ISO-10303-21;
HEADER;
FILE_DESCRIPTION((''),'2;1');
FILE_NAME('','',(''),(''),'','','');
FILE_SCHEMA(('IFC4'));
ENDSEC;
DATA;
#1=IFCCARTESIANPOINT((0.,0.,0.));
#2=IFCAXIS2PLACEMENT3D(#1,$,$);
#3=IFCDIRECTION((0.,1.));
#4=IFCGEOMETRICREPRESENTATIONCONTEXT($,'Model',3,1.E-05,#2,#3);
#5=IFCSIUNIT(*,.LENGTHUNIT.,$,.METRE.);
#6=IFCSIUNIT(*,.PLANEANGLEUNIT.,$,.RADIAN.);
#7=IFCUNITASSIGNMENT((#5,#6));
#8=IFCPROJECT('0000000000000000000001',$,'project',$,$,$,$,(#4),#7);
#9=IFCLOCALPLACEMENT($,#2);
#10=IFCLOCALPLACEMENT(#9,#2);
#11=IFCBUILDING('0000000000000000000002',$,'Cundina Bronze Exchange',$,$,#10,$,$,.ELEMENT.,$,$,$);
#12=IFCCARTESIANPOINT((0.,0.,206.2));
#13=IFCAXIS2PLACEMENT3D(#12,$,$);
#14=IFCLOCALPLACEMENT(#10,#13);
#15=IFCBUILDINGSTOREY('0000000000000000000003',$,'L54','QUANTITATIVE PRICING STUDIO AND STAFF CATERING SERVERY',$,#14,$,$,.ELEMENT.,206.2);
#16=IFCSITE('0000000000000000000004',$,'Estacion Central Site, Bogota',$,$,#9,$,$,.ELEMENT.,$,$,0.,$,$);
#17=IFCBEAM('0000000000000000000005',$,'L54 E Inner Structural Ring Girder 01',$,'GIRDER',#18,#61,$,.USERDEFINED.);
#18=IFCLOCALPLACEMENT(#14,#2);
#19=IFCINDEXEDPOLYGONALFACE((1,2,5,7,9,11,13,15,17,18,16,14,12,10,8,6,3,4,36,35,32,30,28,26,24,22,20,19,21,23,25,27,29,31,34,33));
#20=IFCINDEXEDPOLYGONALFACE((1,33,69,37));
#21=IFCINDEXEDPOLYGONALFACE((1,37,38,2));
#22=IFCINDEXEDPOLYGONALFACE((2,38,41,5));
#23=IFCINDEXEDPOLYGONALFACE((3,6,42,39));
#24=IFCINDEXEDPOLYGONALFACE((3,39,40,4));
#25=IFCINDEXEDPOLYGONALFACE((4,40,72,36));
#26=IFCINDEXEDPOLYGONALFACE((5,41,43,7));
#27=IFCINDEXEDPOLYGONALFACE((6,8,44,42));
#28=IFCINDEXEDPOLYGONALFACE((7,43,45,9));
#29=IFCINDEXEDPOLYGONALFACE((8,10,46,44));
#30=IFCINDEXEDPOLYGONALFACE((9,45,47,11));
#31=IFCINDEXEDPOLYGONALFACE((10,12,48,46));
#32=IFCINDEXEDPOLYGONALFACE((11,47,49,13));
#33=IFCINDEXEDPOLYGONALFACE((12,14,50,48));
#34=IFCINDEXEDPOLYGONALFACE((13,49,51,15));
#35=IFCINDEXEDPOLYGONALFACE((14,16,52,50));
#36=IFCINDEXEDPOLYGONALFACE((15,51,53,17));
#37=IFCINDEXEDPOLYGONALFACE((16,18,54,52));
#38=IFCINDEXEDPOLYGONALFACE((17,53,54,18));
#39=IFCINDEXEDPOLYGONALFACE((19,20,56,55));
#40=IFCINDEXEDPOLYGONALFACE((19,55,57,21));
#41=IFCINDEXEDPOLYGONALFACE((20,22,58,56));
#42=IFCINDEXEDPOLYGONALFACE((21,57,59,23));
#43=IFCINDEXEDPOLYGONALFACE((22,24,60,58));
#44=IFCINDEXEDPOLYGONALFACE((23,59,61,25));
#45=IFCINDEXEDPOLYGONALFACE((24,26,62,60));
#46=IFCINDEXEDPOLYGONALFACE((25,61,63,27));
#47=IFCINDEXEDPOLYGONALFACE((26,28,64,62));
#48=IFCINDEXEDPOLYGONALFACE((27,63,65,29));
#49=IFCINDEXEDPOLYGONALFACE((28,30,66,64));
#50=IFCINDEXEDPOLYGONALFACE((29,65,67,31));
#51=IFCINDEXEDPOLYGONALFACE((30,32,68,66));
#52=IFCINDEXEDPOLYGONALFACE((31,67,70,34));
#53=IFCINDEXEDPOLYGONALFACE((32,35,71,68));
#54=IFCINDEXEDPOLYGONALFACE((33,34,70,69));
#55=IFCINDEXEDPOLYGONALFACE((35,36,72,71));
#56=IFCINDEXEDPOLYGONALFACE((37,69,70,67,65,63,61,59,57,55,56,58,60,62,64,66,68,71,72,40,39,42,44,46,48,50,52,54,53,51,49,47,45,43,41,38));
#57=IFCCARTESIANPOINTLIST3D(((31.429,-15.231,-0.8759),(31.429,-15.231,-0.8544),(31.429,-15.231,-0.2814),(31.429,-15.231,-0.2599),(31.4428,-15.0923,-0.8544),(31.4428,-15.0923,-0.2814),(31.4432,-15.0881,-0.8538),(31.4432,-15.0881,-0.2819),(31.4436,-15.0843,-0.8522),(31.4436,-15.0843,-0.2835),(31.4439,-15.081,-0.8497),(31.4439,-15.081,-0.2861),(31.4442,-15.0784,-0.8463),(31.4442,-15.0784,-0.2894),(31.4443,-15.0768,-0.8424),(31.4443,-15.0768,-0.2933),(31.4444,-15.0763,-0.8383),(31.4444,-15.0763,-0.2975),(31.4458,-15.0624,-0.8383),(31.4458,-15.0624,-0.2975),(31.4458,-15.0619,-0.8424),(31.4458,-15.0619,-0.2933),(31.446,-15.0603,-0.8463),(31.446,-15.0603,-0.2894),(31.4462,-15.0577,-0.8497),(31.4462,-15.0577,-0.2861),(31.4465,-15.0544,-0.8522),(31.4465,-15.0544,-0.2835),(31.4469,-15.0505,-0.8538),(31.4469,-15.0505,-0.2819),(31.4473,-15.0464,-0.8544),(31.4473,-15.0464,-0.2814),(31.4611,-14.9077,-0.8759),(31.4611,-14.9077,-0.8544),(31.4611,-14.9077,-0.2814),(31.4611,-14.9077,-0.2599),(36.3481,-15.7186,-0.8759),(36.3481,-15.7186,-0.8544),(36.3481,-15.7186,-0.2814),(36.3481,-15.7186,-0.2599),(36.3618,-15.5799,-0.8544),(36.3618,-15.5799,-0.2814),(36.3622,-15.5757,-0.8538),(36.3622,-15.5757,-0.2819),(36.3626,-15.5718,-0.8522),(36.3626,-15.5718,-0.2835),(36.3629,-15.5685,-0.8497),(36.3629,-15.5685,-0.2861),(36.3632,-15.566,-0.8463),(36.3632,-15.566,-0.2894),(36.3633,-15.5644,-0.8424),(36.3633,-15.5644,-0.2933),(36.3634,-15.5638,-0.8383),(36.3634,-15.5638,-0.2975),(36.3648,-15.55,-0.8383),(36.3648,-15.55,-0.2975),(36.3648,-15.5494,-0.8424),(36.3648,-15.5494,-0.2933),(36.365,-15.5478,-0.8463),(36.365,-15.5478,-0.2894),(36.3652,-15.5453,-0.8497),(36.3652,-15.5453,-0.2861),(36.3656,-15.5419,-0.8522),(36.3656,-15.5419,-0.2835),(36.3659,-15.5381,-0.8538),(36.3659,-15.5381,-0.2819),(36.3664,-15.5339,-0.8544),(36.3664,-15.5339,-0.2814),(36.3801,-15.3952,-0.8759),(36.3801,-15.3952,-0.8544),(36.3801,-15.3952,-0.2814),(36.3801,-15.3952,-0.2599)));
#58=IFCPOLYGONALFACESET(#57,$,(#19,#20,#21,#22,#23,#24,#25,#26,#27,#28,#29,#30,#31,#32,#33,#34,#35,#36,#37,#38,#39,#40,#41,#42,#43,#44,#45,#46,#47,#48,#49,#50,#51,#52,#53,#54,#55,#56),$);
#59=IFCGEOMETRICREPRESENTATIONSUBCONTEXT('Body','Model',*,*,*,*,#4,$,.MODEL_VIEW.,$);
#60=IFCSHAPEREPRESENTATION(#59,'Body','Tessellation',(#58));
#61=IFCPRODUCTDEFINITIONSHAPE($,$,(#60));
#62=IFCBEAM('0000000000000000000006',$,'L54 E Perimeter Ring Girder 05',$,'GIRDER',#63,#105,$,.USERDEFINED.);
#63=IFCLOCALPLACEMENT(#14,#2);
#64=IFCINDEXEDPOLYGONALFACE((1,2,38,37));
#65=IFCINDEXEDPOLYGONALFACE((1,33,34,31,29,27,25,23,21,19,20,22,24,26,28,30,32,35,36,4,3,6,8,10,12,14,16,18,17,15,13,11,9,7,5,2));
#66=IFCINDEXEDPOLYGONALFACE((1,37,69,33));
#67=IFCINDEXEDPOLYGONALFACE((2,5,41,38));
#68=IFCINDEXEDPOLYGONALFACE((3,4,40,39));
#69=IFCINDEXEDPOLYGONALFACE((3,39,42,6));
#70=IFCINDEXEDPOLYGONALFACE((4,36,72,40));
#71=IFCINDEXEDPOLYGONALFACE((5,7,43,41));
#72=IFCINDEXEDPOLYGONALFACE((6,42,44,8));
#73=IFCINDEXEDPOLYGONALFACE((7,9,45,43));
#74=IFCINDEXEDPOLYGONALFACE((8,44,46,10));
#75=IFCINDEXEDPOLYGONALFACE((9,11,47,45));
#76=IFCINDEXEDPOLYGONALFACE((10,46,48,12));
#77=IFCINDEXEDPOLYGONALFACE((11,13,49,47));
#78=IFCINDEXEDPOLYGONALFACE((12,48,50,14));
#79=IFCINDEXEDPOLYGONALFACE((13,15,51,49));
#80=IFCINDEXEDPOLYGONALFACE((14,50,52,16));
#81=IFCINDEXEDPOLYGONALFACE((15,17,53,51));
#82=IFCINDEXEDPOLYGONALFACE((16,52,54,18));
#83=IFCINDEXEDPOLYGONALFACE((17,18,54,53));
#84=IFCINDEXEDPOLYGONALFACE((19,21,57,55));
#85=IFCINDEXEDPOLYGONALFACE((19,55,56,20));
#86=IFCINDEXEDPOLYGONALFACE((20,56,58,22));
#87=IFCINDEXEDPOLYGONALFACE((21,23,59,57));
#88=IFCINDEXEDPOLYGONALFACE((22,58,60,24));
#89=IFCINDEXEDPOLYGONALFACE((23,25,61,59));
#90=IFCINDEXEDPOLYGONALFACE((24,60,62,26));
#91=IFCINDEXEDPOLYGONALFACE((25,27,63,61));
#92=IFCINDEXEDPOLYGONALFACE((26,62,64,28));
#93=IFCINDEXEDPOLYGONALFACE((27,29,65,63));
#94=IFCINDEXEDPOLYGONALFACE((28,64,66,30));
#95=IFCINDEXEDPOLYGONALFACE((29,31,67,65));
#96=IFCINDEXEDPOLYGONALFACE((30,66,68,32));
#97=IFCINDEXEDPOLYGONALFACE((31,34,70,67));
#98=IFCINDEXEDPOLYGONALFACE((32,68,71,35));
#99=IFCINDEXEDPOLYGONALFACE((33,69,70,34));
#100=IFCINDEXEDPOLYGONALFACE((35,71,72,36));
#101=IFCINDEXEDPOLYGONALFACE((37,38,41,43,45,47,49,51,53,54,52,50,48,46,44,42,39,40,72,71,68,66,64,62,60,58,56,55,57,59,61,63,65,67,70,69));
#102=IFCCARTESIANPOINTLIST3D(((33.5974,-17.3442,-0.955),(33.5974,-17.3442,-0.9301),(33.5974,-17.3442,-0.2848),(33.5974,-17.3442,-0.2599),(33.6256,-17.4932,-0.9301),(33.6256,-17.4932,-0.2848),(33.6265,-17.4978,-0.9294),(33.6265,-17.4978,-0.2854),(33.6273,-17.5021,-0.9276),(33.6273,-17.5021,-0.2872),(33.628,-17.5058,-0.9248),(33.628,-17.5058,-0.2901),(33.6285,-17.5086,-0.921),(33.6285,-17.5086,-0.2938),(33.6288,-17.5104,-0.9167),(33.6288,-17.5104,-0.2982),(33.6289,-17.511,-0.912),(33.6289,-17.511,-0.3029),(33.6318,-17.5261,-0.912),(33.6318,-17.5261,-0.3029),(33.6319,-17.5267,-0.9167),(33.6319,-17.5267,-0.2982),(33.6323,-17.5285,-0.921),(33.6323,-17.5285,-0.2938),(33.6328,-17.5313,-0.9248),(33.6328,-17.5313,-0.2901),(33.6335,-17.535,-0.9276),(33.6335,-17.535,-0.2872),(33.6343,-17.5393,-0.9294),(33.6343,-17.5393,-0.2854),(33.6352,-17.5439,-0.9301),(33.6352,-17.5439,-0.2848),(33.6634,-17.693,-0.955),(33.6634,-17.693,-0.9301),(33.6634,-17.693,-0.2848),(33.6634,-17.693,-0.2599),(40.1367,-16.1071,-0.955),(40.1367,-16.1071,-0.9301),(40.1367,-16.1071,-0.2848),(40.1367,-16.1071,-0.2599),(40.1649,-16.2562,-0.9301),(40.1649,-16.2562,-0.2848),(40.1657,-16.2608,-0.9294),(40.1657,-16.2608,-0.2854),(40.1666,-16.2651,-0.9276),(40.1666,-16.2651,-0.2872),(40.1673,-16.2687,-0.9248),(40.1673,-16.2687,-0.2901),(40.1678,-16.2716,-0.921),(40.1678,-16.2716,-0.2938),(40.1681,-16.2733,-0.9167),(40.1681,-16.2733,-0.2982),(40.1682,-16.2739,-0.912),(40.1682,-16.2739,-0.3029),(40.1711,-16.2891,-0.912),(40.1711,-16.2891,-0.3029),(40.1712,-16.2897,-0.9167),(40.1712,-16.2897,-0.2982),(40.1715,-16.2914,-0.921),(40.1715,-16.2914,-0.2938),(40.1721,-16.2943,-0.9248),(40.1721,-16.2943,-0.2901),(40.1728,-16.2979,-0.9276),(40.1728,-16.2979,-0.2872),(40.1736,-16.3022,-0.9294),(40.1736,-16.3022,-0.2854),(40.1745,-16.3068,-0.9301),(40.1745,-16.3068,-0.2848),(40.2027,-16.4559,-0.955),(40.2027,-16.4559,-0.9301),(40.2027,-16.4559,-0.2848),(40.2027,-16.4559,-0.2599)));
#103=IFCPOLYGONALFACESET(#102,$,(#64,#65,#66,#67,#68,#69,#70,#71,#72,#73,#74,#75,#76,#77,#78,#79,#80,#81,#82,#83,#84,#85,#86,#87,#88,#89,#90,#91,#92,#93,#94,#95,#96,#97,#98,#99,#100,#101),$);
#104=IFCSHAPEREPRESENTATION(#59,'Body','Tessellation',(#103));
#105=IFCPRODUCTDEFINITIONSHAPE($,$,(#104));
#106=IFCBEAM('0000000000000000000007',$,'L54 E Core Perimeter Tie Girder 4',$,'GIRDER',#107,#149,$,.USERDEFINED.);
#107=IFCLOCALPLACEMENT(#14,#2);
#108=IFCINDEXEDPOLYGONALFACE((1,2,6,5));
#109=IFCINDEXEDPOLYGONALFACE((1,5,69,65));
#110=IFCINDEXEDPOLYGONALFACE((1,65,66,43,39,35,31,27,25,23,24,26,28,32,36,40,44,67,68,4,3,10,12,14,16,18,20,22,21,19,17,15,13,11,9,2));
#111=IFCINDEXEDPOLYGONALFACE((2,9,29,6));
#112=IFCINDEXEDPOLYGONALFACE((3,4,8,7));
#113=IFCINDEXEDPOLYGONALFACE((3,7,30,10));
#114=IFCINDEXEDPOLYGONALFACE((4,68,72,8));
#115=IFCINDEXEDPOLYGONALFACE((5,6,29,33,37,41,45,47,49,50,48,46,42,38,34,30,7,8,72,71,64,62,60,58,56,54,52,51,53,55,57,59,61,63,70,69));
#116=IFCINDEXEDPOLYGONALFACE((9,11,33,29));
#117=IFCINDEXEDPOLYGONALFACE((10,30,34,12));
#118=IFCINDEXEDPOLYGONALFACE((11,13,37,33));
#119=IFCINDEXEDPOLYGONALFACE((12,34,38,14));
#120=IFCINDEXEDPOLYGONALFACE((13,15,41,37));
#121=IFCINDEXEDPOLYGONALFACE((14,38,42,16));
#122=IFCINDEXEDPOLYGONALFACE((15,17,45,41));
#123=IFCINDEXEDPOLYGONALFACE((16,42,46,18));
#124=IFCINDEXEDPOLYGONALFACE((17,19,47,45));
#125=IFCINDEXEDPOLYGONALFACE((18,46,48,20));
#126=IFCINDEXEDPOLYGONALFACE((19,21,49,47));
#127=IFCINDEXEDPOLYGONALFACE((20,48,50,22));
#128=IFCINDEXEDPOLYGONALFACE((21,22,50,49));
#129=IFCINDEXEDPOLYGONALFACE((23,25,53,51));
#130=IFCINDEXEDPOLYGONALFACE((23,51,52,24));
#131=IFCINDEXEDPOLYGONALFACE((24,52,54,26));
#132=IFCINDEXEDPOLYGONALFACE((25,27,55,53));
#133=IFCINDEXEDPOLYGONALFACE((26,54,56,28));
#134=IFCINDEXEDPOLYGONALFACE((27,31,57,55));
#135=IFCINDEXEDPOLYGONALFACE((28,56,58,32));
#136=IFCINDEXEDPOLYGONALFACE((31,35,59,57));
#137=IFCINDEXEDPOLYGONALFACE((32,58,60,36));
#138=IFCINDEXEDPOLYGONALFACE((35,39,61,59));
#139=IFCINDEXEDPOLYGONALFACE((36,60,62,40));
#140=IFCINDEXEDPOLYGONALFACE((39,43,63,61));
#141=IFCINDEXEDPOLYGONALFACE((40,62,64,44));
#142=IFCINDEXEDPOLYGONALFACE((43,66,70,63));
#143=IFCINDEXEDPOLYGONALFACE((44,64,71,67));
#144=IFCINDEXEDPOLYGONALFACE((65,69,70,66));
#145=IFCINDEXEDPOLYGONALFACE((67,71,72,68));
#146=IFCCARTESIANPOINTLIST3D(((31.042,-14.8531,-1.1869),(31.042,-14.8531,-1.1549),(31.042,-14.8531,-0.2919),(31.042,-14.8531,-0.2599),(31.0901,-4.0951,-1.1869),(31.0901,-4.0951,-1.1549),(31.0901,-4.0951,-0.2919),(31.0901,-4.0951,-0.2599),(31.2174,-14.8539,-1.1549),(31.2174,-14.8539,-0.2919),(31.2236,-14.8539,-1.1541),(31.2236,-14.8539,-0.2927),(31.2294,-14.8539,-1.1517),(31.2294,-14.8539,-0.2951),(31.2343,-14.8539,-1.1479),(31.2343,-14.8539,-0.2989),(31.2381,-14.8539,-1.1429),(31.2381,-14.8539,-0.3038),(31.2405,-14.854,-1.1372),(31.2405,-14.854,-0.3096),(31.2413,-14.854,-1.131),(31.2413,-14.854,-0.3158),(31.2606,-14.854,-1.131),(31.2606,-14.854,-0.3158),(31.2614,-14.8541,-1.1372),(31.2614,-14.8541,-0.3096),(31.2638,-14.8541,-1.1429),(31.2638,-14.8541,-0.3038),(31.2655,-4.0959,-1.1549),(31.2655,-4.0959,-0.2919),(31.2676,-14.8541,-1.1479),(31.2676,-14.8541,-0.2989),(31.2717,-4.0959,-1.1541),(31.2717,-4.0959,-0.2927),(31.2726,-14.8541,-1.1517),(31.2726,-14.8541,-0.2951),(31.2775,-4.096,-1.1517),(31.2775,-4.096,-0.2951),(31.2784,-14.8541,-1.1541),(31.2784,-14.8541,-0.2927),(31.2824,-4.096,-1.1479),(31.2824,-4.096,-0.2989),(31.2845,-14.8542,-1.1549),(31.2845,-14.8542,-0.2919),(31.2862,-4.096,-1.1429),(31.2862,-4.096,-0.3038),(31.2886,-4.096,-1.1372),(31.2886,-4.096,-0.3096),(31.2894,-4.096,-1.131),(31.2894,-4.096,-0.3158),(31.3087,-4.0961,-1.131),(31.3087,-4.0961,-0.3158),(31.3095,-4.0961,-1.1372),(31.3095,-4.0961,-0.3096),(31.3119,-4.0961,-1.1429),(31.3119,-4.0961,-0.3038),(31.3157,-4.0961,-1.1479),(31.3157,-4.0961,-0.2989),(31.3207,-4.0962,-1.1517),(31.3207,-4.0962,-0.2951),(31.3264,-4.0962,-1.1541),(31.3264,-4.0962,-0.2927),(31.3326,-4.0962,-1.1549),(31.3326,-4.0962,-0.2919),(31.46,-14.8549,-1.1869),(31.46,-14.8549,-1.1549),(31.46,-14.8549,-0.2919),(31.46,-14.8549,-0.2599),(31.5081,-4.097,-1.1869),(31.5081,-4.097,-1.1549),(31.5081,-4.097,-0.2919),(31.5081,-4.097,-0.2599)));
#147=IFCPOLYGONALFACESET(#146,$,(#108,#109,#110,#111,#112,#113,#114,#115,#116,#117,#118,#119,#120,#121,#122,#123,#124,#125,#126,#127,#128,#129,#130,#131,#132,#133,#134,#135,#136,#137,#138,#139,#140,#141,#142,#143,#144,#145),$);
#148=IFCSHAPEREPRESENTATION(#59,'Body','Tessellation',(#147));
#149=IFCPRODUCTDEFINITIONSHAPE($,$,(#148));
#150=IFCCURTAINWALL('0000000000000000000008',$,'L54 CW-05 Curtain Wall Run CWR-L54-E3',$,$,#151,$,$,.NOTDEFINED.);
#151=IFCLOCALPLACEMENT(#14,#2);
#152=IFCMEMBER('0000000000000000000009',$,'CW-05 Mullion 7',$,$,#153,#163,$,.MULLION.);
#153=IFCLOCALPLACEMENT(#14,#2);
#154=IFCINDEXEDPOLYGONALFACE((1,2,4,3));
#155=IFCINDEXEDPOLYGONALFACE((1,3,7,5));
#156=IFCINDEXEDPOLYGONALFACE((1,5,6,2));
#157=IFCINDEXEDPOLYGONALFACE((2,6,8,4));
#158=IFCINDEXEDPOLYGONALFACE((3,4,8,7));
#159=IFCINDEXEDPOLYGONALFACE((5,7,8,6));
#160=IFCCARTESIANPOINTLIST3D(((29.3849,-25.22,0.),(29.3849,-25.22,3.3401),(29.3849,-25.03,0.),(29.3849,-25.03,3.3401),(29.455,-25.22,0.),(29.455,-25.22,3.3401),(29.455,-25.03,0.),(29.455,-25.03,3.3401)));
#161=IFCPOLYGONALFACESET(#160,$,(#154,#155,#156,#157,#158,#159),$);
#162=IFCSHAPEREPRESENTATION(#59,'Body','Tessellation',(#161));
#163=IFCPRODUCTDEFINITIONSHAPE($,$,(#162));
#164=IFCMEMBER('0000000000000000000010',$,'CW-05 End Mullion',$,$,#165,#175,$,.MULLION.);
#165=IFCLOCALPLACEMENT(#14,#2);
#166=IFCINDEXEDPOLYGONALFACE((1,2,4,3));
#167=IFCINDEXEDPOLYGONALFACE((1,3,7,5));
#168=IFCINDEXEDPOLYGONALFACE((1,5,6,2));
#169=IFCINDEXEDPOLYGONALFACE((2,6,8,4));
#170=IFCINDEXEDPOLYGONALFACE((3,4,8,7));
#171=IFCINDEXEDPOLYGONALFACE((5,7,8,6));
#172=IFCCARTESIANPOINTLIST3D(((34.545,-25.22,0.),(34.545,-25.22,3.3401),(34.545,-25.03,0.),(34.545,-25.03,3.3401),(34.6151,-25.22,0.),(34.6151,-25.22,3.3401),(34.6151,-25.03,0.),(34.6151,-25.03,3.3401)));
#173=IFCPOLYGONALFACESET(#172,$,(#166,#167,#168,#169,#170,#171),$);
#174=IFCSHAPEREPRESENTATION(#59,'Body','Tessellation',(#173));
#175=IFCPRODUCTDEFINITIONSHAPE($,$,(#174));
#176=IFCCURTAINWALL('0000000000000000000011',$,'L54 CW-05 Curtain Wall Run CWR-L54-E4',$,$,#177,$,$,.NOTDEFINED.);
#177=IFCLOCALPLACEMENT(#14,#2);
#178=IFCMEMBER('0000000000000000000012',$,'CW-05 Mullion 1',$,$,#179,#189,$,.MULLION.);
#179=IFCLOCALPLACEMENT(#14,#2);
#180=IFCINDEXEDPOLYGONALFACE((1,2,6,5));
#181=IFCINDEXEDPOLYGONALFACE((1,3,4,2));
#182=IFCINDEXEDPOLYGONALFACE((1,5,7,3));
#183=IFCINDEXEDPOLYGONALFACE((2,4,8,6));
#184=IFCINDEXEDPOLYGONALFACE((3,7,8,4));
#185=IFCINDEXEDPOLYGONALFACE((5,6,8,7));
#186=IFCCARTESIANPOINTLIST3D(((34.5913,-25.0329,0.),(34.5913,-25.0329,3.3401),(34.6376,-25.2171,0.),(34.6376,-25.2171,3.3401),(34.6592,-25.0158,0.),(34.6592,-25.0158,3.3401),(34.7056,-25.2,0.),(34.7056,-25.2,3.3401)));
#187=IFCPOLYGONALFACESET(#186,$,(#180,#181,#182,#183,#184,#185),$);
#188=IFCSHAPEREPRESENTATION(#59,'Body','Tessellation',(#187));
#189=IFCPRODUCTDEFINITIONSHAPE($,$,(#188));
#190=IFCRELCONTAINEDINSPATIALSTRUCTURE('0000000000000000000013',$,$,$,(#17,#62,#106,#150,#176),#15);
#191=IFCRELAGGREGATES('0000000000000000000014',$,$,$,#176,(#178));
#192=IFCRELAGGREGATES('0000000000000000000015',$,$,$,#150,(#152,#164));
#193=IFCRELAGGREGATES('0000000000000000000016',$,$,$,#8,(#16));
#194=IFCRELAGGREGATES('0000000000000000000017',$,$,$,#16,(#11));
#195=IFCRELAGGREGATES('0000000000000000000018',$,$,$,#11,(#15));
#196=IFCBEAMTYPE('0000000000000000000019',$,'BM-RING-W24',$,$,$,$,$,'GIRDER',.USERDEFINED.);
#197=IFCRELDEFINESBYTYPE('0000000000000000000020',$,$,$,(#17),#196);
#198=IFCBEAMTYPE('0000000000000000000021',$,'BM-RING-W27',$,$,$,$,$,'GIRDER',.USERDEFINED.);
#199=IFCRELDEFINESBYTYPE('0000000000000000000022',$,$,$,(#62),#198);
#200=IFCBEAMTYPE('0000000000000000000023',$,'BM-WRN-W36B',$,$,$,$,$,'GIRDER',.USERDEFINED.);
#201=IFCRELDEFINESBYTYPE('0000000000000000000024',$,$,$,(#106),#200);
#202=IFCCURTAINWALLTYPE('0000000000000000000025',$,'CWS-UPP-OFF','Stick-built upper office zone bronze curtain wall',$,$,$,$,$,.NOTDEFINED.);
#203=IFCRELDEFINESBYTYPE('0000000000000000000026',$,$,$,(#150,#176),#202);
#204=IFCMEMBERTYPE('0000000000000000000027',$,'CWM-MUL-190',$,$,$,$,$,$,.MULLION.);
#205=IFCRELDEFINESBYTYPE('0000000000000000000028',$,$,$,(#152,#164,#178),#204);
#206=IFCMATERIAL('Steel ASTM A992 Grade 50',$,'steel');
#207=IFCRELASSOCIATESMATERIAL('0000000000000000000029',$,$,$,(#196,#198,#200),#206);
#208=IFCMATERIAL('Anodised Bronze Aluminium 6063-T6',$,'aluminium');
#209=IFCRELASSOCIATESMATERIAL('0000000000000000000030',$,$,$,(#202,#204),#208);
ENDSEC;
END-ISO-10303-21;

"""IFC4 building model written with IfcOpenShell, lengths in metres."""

from ifc_helpers import new_model, si_unit, direction, frame, origin, origin_2d, place, context, subcontext, project, spatial, rectangle, i_section, extrude, material, material_profile, profile_set, type_object, element, aggregate, save


model = new_model("IFC4")

# Units and contexts
model_context = context("Model", 3, precision=1e-05, world=origin(), true_north=direction((0.0, 1.0)))
body_context = subcontext(model_context, "Body", "Model", "MODEL_VIEW")
ifc_project = project(units=[si_unit("LENGTHUNIT", "METRE"), si_unit("PLANEANGLEUNIT", "RADIAN")], contexts=[model_context])

# Site, building, storey
site_placement = place(None, origin())
site = spatial("IfcSite", under=ifc_project, at=site_placement, Name="Estacion Central Site, Bogota", CompositionType="ELEMENT", RefElevation=0.0)
building_placement = place(site_placement, origin())
building = spatial("IfcBuilding", under=site, at=building_placement, Name="Cundina Bronze Exchange", CompositionType="ELEMENT")
storey_placement = place(building_placement, frame((0.0, 0.0, 206.2)))
storey = spatial("IfcBuildingStorey", under=building, at=storey_placement, Name="L54", Description="QUANTITATIVE PRICING STUDIO AND STAFF CATERING SERVERY", CompositionType="ELEMENT", Elevation=206.2)

# Shared definitions
ifc_material_1 = material(Name="Steel ASTM A992 Grade 50", Category="steel")

# Beams
ifc_material_profile_1 = material_profile(ifc_material_1, i_section(OverallWidth=0.325, OverallDepth=0.616, WebThickness=0.0139, FlangeThickness=0.0215, FilletRadius=0.0161, at=origin_2d()), Name="W24X117", Category="steel")
ifc_profile_set_1 = profile_set([ifc_material_profile_1], Name="Steel ASTM A992 Grade 50")
beam_type_1 = type_object("IfcBeamType", Name="BM-RING-W24", ElementType="GIRDER", PredefinedType="USERDEFINED", material=ifc_profile_set_1)
beam_1_placement = place(storey_placement, frame((31.4451, -15.0693, -0.5679), z_axis=(0.995124, -0.098633, 0.0), x_axis=(0.098633, 0.995124, 0.0)))
element("IfcBeam", 1, at=beam_1_placement, inside=storey, type_object=beam_type_1, Name="L54 E Inner Structural Ring Girder 01", ObjectType="GIRDER", PredefinedType="USERDEFINED", context=body_context, shape_type="SweptSolid", body=[
    extrude(i_section(OverallWidth=0.325, OverallDepth=0.616, WebThickness=0.0139, FlangeThickness=0.0215, FilletRadius=0.0161, at=origin_2d()), origin(), (0.0, 0.0, 1.0), 4.9431),
])
ifc_material_profile_2 = material_profile(ifc_material_1, i_section(OverallWidth=0.355, OverallDepth=0.6951, WebThickness=0.0154, FlangeThickness=0.0249, FilletRadius=0.0181, at=origin_2d()), Name="W27X146", Category="steel")
ifc_profile_set_2 = profile_set([ifc_material_profile_2], Name="Steel ASTM A992 Grade 50")
beam_type_2 = type_object("IfcBeamType", Name="BM-RING-W27", ElementType="GIRDER", PredefinedType="USERDEFINED", material=ifc_profile_set_2)
beam_2_placement = place(storey_placement, frame((33.6304, -17.5186, -0.6074), z_axis=(0.982573, 0.185876, 0.0), x_axis=(-0.185876, 0.982573, 0.0)))
element("IfcBeam", 2, at=beam_2_placement, inside=storey, type_object=beam_type_2, Name="L54 E Perimeter Ring Girder 05", ObjectType="GIRDER", PredefinedType="USERDEFINED", context=body_context, shape_type="SweptSolid", body=[
    extrude(i_section(OverallWidth=0.355, OverallDepth=0.6951, WebThickness=0.0154, FlangeThickness=0.0249, FilletRadius=0.0181, at=origin_2d()), origin(), (0.0, 0.0, 1.0), 6.6553),
])
ifc_material_profile_3 = material_profile(ifc_material_1, i_section(OverallWidth=0.418, OverallDepth=0.927, WebThickness=0.0193, FlangeThickness=0.032, FilletRadius=0.0239, at=origin_2d()), Name="W36X231", Category="steel")
ifc_profile_set_3 = profile_set([ifc_material_profile_3], Name="Steel ASTM A992 Grade 50")
beam_type_3 = type_object("IfcBeamType", Name="BM-WRN-W36B", ElementType="GIRDER", PredefinedType="USERDEFINED", material=ifc_profile_set_3)
beam_3_placement = place(storey_placement, frame((31.251, -14.854, -0.7234), z_axis=(0.004471, 0.99999, 0.0), x_axis=(-0.99999, 0.004471, 0.0)))
element("IfcBeam", 3, at=beam_3_placement, inside=storey, type_object=beam_type_3, Name="L54 E Core Perimeter Tie Girder 4", ObjectType="GIRDER", PredefinedType="USERDEFINED", context=body_context, shape_type="SweptSolid", body=[
    extrude(i_section(OverallWidth=0.418, OverallDepth=0.927, WebThickness=0.0193, FlangeThickness=0.032, FilletRadius=0.0239, at=origin_2d()), origin(), (0.0, 0.0, 1.0), 10.7581),
])

# Curtain wall, members
ifc_material_2 = material(Name="Anodised Bronze Aluminium 6063-T6", Category="aluminium")
curtain_wall_type = type_object("IfcCurtainWallType", Name="CWS-UPP-OFF", Description="Stick-built upper office zone bronze curtain wall", PredefinedType="NOTDEFINED", material=ifc_material_2)
curtain_wall_1_placement = place(storey_placement, origin())
curtain_wall_1 = element("IfcCurtainWall", 4, at=curtain_wall_1_placement, inside=storey, type_object=curtain_wall_type, Name="L54 CW-05 Curtain Wall Run CWR-L54-E3", PredefinedType="NOTDEFINED")
ifc_material_profile_4 = material_profile(ifc_material_2, rectangle(XDim=0.0701, YDim=0.1899, at=origin_2d()), Name="AL70X190", Category="aluminium")
ifc_profile_set_4 = profile_set([ifc_material_profile_4], Name="Anodised Bronze Aluminium 6063-T6")
member_type_1 = type_object("IfcMemberType", Name="CWM-MUL-190", PredefinedType="MULLION", material=ifc_profile_set_4)
member_1_placement = place(storey_placement, frame((29.4199, -25.125, 0.0), z_axis=(0.0, 0.0, 1.0), x_axis=(1.0, 0.0, 0.0)))
member_1 = element("IfcMember", 5, at=member_1_placement, type_object=member_type_1, Name="CW-05 Mullion 7", PredefinedType="MULLION", context=body_context, shape_type="SweptSolid", body=[
    extrude(rectangle(XDim=0.0701, YDim=0.1899, at=origin_2d()), origin(), (0.0, 0.0, 1.0), 3.3401),
])
member_2_placement = place(storey_placement, frame((34.5801, -25.125, 0.0), z_axis=(0.0, 0.0, 1.0), x_axis=(1.0, 0.0, 0.0)))
member_2 = element("IfcMember", 6, at=member_2_placement, type_object=member_type_1, Name="CW-05 End Mullion", PredefinedType="MULLION", context=body_context, shape_type="SweptSolid", body=[
    extrude(rectangle(XDim=0.0701, YDim=0.1899, at=origin_2d()), origin(), (0.0, 0.0, 1.0), 3.3401),
])

# Curtain wall, member
curtain_wall_2_placement = place(storey_placement, origin())
curtain_wall_2 = element("IfcCurtainWall", 7, at=curtain_wall_2_placement, inside=storey, type_object=curtain_wall_type, Name="L54 CW-05 Curtain Wall Run CWR-L54-E4", PredefinedType="NOTDEFINED")
member_3_placement = place(storey_placement, frame((34.6484, -25.1165, 0.0), z_axis=(0.0, 0.0, 1.0), x_axis=(0.969744, 0.244123, 0.0)))
member_3 = element("IfcMember", 8, at=member_3_placement, type_object=member_type_1, Name="CW-05 Mullion 1", PredefinedType="MULLION", context=body_context, shape_type="SweptSolid", body=[
    extrude(rectangle(XDim=0.0701, YDim=0.1899, at=origin_2d()), origin(), (0.0, 0.0, 1.0), 3.3401),
])

aggregate(curtain_wall_2, [member_3])

aggregate(curtain_wall_1, [member_1, member_2])

save(model, "model.ifc")
